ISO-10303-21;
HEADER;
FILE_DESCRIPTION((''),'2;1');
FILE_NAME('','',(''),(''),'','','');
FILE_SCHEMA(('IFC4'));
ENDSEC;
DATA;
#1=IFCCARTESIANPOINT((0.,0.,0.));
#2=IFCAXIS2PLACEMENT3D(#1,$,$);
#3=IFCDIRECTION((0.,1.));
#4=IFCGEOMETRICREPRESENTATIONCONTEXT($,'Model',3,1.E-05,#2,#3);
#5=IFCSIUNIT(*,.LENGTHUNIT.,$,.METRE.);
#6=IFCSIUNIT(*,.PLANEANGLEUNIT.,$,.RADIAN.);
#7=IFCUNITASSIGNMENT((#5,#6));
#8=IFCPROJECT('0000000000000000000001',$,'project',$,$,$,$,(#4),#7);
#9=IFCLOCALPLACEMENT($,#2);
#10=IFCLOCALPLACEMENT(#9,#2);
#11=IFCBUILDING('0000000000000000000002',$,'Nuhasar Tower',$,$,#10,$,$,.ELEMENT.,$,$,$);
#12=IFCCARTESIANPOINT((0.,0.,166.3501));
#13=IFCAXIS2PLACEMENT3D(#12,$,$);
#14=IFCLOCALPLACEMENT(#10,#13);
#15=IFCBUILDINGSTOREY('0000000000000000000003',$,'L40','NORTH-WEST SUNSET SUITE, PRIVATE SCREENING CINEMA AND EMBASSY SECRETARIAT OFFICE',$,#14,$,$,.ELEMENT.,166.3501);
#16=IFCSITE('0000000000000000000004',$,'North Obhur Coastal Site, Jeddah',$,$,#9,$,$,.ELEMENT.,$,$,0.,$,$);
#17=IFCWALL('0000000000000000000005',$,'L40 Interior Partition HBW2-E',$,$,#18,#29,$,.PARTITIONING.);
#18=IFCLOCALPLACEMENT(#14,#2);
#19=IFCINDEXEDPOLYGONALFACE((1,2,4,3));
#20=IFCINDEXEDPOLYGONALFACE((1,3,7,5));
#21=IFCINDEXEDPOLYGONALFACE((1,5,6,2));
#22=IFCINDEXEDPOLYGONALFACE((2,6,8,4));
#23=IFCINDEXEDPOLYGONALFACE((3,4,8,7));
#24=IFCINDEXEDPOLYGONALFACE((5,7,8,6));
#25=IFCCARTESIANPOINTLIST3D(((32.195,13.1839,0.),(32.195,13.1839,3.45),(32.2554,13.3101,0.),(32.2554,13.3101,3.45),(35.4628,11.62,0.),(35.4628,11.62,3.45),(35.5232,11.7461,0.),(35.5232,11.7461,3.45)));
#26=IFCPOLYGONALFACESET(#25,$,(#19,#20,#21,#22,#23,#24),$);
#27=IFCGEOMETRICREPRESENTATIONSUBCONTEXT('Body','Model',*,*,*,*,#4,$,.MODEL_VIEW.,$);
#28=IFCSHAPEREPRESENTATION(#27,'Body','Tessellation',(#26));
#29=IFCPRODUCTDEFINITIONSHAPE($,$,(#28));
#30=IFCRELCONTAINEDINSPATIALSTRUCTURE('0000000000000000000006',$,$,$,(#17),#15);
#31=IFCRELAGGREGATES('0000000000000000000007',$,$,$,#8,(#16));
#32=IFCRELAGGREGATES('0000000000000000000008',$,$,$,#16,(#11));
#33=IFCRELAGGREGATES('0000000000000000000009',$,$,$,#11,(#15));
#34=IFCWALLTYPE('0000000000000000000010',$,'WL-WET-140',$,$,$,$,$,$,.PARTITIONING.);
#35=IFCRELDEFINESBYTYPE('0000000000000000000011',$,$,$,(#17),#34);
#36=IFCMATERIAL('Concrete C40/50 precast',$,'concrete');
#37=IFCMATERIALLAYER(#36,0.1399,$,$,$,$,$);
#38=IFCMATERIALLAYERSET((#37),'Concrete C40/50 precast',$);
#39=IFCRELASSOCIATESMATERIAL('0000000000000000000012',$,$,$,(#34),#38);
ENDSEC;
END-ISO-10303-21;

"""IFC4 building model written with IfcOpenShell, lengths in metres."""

from ifc_helpers import new_model, si_unit, direction, frame, frame_2d, origin, place, context, subcontext, project, spatial, rectangle, extrude, material, layer, layer_set, type_object, element, save


model = new_model("IFC4")

# Units and contexts
model_context = context("Model", 3, precision=1e-05, world=origin(), true_north=direction((0.0, 1.0)))
body_context = subcontext(model_context, "Body", "Model", "MODEL_VIEW")
ifc_project = project(units=[si_unit("LENGTHUNIT", "METRE"), si_unit("PLANEANGLEUNIT", "RADIAN")], contexts=[model_context])

# Site, building, storey
site_placement = place(None, origin())
site = spatial("IfcSite", under=ifc_project, at=site_placement, Name="North Obhur Coastal Site, Jeddah", CompositionType="ELEMENT", RefElevation=0.0)
building_placement = place(site_placement, origin())
building = spatial("IfcBuilding", under=site, at=building_placement, Name="Nuhasar Tower", CompositionType="ELEMENT")
storey_placement = place(building_placement, frame((0.0, 0.0, 166.3501)))
storey = spatial("IfcBuildingStorey", under=building, at=storey_placement, Name="L40", Description="NORTH-WEST SUNSET SUITE, PRIVATE SCREENING CINEMA AND EMBASSY SECRETARIAT OFFICE", CompositionType="ELEMENT", Elevation=166.3501)

# Shared definitions
ifc_material_1 = material(Name="Concrete C40/50 precast", Category="concrete")
ifc_layer_1 = layer(ifc_material_1, 0.1399)
ifc_layer_set_1 = layer_set([ifc_layer_1], Name="Concrete C40/50 precast")
wall_type_1 = type_object("IfcWallType", Name="WL-WET-140", PredefinedType="PARTITIONING", material=ifc_layer_set_1)

# Wall
wall_1_placement = place(storey_placement, frame((32.2251, 13.2471, 0.0), z_axis=(0.0, 0.0, 1.0), x_axis=(0.902017, -0.431701, 0.0)))
element("IfcWall", 1, at=wall_1_placement, inside=storey, type_object=wall_type_1, Name="L40 Interior Partition HBW2-E", PredefinedType="PARTITIONING", context=body_context, shape_type="SweptSolid", body=[
    extrude(rectangle(XDim=3.6228, YDim=0.1399, at=frame_2d((1.8115, 0.0))), origin(), (0.0, 0.0, 1.0), 3.45),
])

save(model, "model.ifc")
